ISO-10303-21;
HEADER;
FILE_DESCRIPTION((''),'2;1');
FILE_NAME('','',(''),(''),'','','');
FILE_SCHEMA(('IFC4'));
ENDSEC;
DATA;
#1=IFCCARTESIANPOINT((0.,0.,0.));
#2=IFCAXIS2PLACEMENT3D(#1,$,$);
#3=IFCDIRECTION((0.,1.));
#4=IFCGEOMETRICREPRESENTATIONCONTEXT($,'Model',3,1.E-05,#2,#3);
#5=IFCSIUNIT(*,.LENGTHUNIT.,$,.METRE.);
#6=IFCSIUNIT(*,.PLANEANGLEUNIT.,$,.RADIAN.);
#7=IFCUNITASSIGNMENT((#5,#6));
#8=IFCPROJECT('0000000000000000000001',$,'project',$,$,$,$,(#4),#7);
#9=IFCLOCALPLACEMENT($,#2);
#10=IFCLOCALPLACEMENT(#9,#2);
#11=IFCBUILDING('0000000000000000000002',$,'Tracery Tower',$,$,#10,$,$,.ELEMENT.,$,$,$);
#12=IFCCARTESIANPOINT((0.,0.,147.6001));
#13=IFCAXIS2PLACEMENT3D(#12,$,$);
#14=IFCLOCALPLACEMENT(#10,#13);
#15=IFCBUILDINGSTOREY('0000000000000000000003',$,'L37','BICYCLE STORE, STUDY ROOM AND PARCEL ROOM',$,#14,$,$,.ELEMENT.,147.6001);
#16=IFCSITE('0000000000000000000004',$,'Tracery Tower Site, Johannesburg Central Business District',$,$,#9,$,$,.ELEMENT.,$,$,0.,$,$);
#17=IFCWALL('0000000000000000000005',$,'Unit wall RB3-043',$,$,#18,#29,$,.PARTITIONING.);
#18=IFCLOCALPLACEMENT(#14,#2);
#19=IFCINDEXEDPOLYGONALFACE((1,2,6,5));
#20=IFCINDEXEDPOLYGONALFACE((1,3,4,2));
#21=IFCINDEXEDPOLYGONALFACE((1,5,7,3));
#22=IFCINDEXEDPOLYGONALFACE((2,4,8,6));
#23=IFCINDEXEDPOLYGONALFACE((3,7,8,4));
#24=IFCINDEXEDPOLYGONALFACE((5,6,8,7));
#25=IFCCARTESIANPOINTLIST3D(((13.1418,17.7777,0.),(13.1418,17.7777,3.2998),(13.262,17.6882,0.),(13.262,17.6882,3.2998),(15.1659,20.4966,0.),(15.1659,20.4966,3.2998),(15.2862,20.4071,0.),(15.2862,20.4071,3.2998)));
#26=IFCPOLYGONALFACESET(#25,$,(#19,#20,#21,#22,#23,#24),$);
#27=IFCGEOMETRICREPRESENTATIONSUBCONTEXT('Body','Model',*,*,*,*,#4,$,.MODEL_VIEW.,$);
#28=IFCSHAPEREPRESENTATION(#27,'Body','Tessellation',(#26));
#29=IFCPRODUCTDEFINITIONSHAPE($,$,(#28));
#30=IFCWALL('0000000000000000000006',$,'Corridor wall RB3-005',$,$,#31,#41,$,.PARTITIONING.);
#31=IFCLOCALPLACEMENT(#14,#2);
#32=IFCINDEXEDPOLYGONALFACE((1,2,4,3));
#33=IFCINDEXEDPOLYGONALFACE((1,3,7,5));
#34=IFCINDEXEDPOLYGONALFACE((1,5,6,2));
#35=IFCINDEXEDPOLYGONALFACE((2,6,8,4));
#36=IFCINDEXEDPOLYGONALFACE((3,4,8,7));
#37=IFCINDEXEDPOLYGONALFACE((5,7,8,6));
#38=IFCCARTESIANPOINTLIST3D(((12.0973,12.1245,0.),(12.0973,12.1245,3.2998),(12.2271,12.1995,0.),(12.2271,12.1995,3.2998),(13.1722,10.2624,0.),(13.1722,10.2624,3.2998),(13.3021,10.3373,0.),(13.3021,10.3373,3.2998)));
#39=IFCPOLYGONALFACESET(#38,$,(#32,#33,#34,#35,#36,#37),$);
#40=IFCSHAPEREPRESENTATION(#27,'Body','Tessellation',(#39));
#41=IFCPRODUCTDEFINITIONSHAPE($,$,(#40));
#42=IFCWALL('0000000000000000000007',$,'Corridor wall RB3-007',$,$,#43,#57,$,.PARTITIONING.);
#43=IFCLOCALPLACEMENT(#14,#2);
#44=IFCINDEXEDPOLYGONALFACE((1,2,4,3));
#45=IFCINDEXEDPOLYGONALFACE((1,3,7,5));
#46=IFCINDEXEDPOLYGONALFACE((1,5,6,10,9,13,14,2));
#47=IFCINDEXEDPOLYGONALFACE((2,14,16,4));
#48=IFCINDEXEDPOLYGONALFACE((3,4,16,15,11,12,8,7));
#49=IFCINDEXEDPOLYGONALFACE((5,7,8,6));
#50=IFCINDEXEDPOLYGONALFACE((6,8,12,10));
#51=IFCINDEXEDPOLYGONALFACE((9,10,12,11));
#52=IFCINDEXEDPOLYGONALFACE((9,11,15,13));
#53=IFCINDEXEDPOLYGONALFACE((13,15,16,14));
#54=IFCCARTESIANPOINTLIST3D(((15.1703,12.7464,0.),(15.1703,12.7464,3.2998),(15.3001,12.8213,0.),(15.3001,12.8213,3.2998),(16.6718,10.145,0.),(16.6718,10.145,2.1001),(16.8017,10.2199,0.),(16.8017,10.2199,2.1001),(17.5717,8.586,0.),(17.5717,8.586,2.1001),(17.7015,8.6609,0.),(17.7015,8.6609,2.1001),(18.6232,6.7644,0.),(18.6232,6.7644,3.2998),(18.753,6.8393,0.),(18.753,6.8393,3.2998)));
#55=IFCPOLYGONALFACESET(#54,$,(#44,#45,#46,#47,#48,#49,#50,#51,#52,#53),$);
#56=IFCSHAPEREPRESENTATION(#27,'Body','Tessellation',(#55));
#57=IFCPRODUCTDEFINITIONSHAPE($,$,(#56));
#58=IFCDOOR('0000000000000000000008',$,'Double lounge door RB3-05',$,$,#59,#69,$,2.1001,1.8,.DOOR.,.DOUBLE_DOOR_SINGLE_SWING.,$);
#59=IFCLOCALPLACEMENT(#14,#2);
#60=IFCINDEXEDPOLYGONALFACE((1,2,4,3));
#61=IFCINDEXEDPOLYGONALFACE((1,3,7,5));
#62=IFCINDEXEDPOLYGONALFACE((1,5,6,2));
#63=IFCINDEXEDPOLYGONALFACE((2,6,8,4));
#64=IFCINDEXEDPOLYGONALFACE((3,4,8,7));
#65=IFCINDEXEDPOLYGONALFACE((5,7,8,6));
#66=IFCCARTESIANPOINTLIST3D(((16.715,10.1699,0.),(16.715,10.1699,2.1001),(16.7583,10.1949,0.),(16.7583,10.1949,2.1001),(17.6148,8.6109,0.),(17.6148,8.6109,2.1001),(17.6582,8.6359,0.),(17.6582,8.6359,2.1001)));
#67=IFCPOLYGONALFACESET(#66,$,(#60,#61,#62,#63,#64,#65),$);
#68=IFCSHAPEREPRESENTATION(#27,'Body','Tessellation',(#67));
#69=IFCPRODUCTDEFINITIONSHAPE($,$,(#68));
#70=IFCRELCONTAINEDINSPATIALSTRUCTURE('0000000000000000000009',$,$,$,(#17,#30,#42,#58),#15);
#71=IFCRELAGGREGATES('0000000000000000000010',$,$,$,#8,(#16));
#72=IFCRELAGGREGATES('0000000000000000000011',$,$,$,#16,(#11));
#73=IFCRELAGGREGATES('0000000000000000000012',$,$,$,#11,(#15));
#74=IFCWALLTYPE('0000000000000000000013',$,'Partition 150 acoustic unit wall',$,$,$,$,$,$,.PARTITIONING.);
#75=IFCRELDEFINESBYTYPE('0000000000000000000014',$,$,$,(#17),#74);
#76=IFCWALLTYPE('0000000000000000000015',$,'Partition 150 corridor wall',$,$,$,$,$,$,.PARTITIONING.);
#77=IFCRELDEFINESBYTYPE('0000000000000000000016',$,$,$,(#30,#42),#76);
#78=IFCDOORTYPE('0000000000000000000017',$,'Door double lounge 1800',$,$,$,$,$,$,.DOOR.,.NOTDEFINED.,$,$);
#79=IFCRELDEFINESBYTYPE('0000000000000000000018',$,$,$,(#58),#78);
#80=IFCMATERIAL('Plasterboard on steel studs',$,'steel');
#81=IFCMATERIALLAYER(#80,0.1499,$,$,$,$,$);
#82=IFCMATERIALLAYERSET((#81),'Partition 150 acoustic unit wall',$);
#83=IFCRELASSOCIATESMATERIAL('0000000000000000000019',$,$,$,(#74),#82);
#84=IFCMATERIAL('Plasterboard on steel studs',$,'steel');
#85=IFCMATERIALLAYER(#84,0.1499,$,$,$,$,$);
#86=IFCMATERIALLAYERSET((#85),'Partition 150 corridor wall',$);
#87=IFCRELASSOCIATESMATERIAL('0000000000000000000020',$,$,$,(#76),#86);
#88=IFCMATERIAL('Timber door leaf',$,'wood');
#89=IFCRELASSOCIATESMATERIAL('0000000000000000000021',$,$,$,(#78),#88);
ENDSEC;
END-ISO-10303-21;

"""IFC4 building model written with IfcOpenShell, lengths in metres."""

from ifc_helpers import new_model, si_unit, direction, frame, frame_2d, origin, place, context, subcontext, project, spatial, rectangle, extrude, material, layer, layer_set, type_object, element, fill, save


model = new_model("IFC4")

# Units and contexts
model_context = context("Model", 3, precision=1e-05, world=origin(), true_north=direction((0.0, 1.0)))
body_context = subcontext(model_context, "Body", "Model", "MODEL_VIEW")
ifc_project = project(units=[si_unit("LENGTHUNIT", "METRE"), si_unit("PLANEANGLEUNIT", "RADIAN")], contexts=[model_context])

# Site, building, storey
site_placement = place(None, origin())
site = spatial("IfcSite", under=ifc_project, at=site_placement, Name="Tracery Tower Site, Johannesburg Central Business District", CompositionType="ELEMENT", RefElevation=0.0)
building_placement = place(site_placement, origin())
building = spatial("IfcBuilding", under=site, at=building_placement, Name="Tracery Tower", CompositionType="ELEMENT")
storey_placement = place(building_placement, frame((0.0, 0.0, 147.6001)))
storey = spatial("IfcBuildingStorey", under=building, at=storey_placement, Name="L37", Description="BICYCLE STORE, STUDY ROOM AND PARCEL ROOM", CompositionType="ELEMENT", Elevation=147.6001)

# Walls
ifc_material_1 = material(Name="Plasterboard on steel studs", Category="steel")
ifc_layer_1 = layer(ifc_material_1, 0.1499)
ifc_layer_set_1 = layer_set([ifc_layer_1], Name="Partition 150 acoustic unit wall")
wall_type_1 = type_object("IfcWallType", Name="Partition 150 acoustic unit wall", PredefinedType="PARTITIONING", material=ifc_layer_set_1)
wall_1_placement = place(storey_placement, frame((13.2019, 17.7329, 0.0), z_axis=(0.0, 0.0, 1.0), x_axis=(0.59715, 0.80213, 0.0)))
element("IfcWall", 1, at=wall_1_placement, inside=storey, type_object=wall_type_1, Name="Unit wall RB3-043", PredefinedType="PARTITIONING", context=body_context, shape_type="SweptSolid", body=[
    extrude(rectangle(XDim=3.3896, YDim=0.1499, at=frame_2d((1.6948, 0.0))), origin(), (0.0, 0.0, 1.0), 3.2998),
])
ifc_material_2 = material(Name="Plasterboard on steel studs", Category="steel")
ifc_layer_2 = layer(ifc_material_2, 0.1499)
ifc_layer_set_2 = layer_set([ifc_layer_2], Name="Partition 150 corridor wall")
wall_type_2 = type_object("IfcWallType", Name="Partition 150 corridor wall", PredefinedType="PARTITIONING", material=ifc_layer_set_2)
wall_2_placement = place(storey_placement, frame((12.1621, 12.1621, 0.0), z_axis=(0.0, 0.0, 1.0), x_axis=(0.499962, -0.866048, 0.0)))
element("IfcWall", 2, at=wall_2_placement, inside=storey, type_object=wall_type_2, Name="Corridor wall RB3-005", PredefinedType="PARTITIONING", context=body_context, shape_type="SweptSolid", body=[
    extrude(rectangle(XDim=2.1501, YDim=0.1499, at=frame_2d((1.0752, 0.0))), origin(), (0.0, 0.0, 1.0), 3.2998),
])

# Wall, opening, door
wall_3_placement = place(storey_placement, frame((15.2351, 12.7839, 0.0), z_axis=(0.0, 0.0, 1.0), x_axis=(0.499914, -0.866075, 0.0)))
wall_3 = element("IfcWall", 3, at=wall_3_placement, inside=storey, type_object=wall_type_2, Name="Corridor wall RB3-007", PredefinedType="PARTITIONING", context=body_context, shape_type="SweptSolid", body=[
    extrude(rectangle(XDim=6.907, YDim=0.1499, at=frame_2d((3.4536, 0.0))), origin(), (0.0, 0.0, 1.0), 3.2998),
])
opening_1_placement = place(wall_3_placement, frame((3.0039, 0.0, 0.0)))
opening_1 = element("IfcOpeningElement", 4, at=opening_1_placement, cuts=wall_3, PredefinedType="OPENING", context=body_context, shape_type="SweptSolid", body=[
    extrude(rectangle(XDim=1.8, YDim=2.1001, at=frame_2d((0.8999, 1.05))), frame((0.0, 0.075, 0.0), z_axis=(0.0, -1.0, 0.0), x_axis=(1.0, 0.0, 0.0)), (0.0, 0.0, 1.0), 0.1499),
])
ifc_material_3 = material(Name="Timber door leaf", Category="wood")
door_type_1 = type_object("IfcDoorType", Name="Door double lounge 1800", OperationType="NOTDEFINED", PredefinedType="DOOR", material=ifc_material_3)
door_1_placement = place(opening_1_placement, origin())
door_1 = element("IfcDoor", 5, at=door_1_placement, inside=storey, type_object=door_type_1, Name="Double lounge door RB3-05", OperationType="DOUBLE_DOOR_SINGLE_SWING", OverallHeight=2.1001, OverallWidth=1.8, PredefinedType="DOOR", context=body_context, shape_type="SweptSolid", body=[
    extrude(rectangle(XDim=1.8, YDim=2.1001, at=frame_2d((0.8999, 1.05))), frame((0.0, 0.0249, 0.0), z_axis=(0.0, -1.0, 0.0), x_axis=(1.0, 0.0, 0.0)), (0.0, 0.0, 1.0), 0.05),
])
fill(opening_1, door_1)

save(model, "model.ifc")
